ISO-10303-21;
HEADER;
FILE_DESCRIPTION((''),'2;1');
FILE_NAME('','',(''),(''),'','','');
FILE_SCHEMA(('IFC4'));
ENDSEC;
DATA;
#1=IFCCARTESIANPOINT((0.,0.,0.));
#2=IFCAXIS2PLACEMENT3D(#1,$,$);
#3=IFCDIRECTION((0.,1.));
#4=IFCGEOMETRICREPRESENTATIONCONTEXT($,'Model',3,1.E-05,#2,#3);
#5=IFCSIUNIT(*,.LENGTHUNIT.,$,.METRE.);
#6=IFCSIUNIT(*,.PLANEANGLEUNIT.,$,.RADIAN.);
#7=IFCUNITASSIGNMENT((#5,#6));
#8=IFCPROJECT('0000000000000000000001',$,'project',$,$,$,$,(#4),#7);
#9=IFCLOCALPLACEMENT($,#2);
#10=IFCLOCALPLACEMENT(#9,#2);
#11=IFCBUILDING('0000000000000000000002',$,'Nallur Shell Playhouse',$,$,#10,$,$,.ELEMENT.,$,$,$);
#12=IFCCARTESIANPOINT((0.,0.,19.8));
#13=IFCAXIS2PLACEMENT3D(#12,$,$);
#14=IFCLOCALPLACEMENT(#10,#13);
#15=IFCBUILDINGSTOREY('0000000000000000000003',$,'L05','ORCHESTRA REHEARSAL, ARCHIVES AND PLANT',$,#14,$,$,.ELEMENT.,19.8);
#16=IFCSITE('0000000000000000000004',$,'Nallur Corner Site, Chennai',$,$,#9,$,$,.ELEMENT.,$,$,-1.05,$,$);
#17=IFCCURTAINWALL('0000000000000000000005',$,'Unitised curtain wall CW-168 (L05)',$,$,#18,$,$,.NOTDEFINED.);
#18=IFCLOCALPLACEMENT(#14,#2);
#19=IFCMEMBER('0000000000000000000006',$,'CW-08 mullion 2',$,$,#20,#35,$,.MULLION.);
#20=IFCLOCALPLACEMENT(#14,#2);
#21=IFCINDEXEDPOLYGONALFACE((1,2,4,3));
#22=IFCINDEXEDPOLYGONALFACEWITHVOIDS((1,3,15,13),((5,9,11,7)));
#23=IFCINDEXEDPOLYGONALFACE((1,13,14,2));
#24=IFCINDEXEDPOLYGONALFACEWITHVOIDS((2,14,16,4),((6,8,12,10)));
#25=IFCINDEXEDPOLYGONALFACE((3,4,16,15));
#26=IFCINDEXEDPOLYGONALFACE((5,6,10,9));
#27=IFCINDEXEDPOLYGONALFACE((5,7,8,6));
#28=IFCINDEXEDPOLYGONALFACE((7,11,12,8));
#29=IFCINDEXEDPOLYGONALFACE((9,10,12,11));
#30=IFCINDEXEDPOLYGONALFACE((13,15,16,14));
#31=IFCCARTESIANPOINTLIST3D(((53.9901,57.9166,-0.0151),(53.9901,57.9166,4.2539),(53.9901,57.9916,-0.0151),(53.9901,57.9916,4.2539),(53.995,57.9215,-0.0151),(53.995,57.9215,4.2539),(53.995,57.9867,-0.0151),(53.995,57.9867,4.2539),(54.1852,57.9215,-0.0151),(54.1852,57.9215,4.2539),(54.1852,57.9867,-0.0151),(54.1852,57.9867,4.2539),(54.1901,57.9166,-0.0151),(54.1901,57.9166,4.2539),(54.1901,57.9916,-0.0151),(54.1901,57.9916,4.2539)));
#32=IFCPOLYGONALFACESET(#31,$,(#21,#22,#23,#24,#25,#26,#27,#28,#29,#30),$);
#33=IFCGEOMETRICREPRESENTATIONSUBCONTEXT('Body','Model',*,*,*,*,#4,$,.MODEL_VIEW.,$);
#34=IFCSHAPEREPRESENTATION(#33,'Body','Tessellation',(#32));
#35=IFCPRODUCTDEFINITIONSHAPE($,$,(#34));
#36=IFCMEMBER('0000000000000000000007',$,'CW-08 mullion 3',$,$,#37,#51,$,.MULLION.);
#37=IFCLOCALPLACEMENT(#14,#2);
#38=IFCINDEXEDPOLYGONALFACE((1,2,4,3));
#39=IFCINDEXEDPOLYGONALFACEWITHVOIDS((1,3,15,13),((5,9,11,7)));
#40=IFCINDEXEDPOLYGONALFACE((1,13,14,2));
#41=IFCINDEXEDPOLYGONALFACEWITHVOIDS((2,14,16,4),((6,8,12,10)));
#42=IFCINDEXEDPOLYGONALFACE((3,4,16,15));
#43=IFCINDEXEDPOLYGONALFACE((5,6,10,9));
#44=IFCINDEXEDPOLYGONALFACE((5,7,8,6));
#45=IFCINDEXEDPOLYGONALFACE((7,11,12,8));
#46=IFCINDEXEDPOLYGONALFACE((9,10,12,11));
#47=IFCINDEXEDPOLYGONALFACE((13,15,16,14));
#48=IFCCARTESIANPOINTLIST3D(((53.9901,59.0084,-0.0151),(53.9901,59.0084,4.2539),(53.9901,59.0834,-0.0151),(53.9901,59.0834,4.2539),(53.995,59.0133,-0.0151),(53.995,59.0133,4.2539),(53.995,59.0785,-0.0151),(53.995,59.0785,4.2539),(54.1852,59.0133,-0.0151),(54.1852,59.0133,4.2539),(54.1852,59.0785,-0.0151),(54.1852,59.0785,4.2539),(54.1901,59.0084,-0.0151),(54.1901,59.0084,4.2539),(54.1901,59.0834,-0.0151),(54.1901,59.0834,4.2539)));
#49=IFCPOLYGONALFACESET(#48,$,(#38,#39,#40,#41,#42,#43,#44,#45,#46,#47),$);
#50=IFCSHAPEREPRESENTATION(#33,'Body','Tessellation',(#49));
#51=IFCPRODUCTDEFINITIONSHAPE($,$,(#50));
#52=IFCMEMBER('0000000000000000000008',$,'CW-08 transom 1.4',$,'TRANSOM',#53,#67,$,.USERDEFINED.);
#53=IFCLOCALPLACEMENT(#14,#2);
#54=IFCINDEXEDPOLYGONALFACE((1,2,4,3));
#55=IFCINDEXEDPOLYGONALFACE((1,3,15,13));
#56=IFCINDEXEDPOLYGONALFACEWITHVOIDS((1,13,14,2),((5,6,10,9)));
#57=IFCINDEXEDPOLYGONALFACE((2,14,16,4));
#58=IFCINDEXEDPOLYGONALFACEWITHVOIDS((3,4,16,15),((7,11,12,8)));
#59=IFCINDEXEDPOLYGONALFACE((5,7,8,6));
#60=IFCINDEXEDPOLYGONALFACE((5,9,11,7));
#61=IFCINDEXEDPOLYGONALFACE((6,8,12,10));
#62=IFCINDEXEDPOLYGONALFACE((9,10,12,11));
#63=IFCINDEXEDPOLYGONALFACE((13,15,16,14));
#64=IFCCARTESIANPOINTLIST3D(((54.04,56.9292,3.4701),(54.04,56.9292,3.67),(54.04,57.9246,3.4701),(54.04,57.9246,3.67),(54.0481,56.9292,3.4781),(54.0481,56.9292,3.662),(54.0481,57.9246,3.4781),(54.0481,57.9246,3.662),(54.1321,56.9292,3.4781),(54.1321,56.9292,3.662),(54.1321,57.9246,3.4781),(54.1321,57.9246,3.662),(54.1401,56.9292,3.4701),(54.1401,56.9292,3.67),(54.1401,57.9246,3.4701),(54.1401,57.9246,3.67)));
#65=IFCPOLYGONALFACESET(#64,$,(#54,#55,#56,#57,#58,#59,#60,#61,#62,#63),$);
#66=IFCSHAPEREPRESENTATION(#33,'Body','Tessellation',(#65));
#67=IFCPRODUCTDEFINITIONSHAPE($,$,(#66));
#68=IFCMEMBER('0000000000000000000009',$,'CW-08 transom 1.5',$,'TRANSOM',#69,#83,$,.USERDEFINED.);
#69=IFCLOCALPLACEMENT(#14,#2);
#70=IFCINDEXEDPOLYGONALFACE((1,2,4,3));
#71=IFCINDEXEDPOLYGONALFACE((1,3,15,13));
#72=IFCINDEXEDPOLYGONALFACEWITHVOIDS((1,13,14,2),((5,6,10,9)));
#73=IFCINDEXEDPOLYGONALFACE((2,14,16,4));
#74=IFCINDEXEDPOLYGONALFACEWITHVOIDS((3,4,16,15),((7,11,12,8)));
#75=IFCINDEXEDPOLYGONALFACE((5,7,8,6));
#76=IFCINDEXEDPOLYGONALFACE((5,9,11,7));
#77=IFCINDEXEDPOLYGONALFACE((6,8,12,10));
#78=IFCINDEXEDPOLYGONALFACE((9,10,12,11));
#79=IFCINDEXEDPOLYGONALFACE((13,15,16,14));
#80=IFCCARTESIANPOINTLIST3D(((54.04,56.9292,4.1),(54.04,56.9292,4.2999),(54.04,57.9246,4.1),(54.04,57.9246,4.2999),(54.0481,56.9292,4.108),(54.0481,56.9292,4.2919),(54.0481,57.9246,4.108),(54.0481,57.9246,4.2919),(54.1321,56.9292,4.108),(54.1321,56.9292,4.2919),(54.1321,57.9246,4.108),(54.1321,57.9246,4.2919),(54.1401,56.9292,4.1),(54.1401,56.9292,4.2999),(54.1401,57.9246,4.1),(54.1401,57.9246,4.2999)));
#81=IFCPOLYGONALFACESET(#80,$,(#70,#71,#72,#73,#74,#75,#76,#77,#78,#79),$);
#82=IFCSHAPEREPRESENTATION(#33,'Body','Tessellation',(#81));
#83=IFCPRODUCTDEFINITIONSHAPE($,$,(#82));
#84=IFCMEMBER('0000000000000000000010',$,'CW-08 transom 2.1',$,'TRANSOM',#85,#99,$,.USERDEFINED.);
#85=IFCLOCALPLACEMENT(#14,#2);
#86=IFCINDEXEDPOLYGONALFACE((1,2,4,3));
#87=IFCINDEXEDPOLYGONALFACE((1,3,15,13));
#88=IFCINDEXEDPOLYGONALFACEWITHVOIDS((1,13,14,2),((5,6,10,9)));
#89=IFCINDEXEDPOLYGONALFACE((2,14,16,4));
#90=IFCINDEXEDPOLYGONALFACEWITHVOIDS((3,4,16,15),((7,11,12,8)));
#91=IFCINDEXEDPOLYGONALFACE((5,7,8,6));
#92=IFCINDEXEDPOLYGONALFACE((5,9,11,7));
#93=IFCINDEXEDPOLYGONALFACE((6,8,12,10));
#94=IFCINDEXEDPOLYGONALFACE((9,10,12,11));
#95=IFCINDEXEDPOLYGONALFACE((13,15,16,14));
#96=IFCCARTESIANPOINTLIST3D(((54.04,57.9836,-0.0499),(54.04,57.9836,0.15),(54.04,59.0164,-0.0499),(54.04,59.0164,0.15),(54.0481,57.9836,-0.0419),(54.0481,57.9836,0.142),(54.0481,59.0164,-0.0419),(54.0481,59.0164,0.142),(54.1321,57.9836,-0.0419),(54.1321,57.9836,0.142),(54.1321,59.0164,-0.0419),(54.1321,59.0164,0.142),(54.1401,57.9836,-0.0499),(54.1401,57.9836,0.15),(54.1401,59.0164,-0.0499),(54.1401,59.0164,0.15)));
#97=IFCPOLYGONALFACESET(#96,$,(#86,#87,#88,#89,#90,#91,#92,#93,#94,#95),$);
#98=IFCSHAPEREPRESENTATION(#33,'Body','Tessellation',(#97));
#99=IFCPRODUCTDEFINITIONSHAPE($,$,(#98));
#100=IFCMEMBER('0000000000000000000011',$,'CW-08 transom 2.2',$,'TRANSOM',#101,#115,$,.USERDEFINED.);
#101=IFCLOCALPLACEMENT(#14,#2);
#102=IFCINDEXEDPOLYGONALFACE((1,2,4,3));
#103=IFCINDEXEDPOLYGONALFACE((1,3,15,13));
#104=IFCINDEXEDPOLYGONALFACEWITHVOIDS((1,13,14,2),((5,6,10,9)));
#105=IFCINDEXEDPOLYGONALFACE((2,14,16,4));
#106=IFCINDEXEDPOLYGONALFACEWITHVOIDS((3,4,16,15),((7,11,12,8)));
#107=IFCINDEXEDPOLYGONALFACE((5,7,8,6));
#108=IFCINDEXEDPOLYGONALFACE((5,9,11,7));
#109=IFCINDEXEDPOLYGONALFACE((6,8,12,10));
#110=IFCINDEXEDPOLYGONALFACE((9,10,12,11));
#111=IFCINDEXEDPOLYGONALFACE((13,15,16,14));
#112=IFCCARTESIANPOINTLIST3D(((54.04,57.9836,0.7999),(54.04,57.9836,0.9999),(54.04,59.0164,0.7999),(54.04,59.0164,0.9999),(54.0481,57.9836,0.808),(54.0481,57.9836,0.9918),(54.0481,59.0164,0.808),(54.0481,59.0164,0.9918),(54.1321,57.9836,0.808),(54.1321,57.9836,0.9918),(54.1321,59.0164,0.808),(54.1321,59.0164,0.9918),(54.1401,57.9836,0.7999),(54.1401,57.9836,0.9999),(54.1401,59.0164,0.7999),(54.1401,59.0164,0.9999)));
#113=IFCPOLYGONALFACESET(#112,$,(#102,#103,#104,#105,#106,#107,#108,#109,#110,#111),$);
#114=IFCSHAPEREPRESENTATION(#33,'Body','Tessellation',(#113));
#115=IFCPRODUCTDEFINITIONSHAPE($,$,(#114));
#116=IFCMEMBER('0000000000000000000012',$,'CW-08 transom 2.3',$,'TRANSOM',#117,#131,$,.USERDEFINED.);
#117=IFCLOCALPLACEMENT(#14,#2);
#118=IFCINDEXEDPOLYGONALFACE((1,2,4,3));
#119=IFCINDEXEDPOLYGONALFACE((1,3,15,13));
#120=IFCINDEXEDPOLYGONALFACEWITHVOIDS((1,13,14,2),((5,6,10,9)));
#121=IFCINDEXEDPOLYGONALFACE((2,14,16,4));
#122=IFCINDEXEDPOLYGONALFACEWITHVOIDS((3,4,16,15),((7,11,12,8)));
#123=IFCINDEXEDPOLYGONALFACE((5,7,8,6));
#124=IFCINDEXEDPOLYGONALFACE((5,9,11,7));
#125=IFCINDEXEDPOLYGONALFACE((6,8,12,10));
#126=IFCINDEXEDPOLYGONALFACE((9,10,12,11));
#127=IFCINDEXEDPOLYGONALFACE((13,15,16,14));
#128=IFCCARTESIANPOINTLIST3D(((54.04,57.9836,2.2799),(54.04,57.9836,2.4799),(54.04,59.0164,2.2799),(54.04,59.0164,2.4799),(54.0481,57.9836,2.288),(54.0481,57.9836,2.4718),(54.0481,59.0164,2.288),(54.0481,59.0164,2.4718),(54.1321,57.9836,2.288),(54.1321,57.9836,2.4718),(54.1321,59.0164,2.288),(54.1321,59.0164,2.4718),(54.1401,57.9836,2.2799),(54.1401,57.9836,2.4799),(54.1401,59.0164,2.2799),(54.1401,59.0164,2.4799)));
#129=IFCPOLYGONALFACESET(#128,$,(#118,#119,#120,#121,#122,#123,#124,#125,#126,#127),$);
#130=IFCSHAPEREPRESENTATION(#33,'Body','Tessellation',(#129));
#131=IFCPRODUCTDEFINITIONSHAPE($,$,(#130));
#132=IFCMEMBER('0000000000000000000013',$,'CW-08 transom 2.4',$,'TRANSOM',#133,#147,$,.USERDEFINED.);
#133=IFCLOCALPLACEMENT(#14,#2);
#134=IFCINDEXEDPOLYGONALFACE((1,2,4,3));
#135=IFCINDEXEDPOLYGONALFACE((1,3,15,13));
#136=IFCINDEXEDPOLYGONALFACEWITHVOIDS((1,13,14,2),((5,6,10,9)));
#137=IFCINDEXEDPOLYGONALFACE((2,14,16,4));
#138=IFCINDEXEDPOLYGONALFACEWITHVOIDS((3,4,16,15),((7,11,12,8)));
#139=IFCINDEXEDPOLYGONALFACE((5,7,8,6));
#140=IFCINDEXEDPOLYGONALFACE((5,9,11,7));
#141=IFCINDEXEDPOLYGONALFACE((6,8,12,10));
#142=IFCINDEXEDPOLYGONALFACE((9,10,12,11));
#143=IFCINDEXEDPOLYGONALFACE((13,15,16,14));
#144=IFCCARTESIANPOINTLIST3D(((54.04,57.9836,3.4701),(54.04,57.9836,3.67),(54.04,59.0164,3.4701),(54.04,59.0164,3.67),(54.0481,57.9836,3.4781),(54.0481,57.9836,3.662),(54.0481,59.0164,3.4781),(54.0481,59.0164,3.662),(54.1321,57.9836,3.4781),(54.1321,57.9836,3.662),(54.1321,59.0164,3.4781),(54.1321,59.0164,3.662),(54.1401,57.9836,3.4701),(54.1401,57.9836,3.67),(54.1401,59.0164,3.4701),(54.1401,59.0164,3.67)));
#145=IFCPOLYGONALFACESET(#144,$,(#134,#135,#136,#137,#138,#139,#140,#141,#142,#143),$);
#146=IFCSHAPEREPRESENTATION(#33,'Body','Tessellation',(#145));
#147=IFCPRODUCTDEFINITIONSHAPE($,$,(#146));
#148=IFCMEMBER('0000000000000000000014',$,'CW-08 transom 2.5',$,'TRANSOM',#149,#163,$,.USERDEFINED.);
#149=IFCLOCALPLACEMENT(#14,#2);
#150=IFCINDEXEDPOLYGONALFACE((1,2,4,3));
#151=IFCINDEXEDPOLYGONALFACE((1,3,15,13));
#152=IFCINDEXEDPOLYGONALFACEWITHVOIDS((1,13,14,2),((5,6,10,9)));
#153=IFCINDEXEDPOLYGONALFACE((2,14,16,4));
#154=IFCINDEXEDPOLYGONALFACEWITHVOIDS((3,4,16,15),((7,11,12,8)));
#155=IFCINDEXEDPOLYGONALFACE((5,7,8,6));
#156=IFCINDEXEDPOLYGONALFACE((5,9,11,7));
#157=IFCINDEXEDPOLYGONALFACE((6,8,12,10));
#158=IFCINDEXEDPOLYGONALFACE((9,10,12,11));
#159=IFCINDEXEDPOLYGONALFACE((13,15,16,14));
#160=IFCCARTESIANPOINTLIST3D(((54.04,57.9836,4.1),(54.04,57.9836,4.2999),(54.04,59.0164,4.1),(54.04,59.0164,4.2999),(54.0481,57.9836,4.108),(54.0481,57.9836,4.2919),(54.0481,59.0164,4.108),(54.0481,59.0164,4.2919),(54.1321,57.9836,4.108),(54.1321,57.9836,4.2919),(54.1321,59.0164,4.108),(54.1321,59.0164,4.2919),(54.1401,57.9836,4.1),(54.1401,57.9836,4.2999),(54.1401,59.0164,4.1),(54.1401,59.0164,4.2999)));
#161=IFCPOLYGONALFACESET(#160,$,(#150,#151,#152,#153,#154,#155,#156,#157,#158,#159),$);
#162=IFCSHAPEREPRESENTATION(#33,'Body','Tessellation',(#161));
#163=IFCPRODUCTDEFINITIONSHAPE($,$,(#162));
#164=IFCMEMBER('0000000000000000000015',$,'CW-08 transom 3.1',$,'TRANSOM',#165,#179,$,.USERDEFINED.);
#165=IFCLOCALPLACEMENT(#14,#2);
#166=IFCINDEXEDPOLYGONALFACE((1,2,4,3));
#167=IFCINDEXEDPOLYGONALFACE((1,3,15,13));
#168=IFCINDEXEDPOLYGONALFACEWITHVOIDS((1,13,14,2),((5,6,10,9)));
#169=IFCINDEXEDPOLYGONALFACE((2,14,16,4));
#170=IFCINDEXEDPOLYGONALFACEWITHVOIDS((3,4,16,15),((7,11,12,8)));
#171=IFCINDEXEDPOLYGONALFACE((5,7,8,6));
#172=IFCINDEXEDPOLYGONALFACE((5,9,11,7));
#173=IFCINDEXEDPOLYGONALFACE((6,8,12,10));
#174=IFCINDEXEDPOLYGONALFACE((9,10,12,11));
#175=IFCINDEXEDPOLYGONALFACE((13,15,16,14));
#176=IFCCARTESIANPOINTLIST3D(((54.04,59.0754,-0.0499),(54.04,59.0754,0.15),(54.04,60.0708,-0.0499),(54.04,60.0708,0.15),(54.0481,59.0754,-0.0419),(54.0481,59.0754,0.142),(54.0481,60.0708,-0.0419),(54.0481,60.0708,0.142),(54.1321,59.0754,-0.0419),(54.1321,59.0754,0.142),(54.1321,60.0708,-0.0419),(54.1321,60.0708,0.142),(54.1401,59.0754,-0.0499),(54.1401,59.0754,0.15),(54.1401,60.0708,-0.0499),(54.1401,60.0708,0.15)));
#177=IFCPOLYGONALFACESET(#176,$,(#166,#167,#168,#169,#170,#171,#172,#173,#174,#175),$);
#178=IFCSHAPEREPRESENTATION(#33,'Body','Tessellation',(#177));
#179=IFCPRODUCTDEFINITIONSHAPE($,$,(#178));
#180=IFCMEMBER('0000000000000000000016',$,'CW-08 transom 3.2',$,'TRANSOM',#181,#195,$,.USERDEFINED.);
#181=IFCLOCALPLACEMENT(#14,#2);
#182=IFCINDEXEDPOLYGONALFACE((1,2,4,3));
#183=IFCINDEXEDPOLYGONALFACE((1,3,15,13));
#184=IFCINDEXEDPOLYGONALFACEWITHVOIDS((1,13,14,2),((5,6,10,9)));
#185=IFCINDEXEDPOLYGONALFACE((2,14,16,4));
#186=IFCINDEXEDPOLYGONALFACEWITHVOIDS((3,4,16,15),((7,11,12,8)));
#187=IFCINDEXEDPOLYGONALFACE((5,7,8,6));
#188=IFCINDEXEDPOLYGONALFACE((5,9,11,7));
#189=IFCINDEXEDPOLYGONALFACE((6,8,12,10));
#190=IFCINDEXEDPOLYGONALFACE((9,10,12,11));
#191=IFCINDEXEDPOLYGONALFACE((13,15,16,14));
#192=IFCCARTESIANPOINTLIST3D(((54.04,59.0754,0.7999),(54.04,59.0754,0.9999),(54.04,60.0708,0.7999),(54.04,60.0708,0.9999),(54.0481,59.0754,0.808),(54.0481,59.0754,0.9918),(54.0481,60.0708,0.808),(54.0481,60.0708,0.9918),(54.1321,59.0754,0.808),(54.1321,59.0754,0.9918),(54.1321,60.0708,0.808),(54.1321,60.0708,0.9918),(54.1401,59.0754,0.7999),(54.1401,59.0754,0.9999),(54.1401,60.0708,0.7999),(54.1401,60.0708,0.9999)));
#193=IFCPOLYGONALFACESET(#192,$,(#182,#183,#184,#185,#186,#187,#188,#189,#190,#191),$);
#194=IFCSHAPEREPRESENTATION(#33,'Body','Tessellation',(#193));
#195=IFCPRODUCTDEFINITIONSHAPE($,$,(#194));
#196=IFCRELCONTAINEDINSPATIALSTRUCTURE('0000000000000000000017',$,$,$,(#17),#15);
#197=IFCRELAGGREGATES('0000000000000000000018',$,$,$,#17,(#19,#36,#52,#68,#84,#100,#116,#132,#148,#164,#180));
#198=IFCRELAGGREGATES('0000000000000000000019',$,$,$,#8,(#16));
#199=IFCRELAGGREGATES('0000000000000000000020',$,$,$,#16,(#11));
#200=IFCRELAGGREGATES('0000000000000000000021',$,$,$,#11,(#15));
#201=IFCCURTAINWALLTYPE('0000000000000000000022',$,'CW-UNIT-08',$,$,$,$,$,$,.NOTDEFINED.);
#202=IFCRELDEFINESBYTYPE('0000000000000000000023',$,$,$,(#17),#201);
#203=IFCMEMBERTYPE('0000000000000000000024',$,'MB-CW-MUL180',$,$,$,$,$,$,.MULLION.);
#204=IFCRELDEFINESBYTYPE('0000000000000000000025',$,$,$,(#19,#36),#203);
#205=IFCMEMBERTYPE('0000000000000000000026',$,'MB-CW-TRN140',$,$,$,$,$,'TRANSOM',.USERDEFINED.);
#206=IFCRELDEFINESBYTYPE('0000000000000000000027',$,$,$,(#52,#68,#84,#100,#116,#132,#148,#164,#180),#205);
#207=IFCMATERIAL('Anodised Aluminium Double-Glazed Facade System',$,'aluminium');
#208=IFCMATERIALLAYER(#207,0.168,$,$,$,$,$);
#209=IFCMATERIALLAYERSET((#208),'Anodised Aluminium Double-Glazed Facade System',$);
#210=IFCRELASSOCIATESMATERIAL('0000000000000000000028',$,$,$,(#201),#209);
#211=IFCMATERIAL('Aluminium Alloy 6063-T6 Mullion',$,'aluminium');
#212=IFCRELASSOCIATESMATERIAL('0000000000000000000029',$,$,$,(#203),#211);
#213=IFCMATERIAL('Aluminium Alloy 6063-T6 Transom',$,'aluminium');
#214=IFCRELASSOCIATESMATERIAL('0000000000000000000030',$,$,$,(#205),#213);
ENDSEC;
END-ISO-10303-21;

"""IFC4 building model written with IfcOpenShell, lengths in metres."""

from ifc_helpers import new_model, si_unit, direction, frame, origin, origin_2d, place, context, subcontext, project, spatial, hollow_rectangle, extrude, material, layer, layer_set, material_profile, profile_set, type_object, element, aggregate, save


model = new_model("IFC4")

# Units and contexts
model_context = context("Model", 3, precision=1e-05, world=origin(), true_north=direction((0.0, 1.0)))
body_context = subcontext(model_context, "Body", "Model", "MODEL_VIEW")
ifc_project = project(units=[si_unit("LENGTHUNIT", "METRE"), si_unit("PLANEANGLEUNIT", "RADIAN")], contexts=[model_context])

# Site, building, storey
site_placement = place(None, origin())
site = spatial("IfcSite", under=ifc_project, at=site_placement, Name="Nallur Corner Site, Chennai", CompositionType="ELEMENT", RefElevation=-1.05)
building_placement = place(site_placement, origin())
building = spatial("IfcBuilding", under=site, at=building_placement, Name="Nallur Shell Playhouse", CompositionType="ELEMENT")
storey_placement = place(building_placement, frame((0.0, 0.0, 19.8)))
storey = spatial("IfcBuildingStorey", under=building, at=storey_placement, Name="L05", Description="ORCHESTRA REHEARSAL, ARCHIVES AND PLANT", CompositionType="ELEMENT", Elevation=19.8)

# Curtain wall, members
ifc_material_1 = material(Name="Anodised Aluminium Double-Glazed Facade System", Category="aluminium")
ifc_layer_1 = layer(ifc_material_1, 0.168)
ifc_layer_set_1 = layer_set([ifc_layer_1], Name="Anodised Aluminium Double-Glazed Facade System")
curtain_wall_type = type_object("IfcCurtainWallType", Name="CW-UNIT-08", PredefinedType="NOTDEFINED", material=ifc_layer_set_1)
curtain_wall_placement = place(storey_placement, origin())
curtain_wall = element("IfcCurtainWall", 1, at=curtain_wall_placement, inside=storey, type_object=curtain_wall_type, Name="Unitised curtain wall CW-168 (L05)", PredefinedType="NOTDEFINED")
ifc_material_2 = material(Name="Aluminium Alloy 6063-T6 Mullion", Category="aluminium")
ifc_material_profile_1 = material_profile(ifc_material_2, hollow_rectangle(XDim=0.075, YDim=0.2, WallThickness=0.0049, at=origin_2d()), Name="ALU 75x200x5")
ifc_profile_set_1 = profile_set([ifc_material_profile_1], Name="Aluminium Alloy 6063-T6 Mullion")
member_type_1 = type_object("IfcMemberType", Name="MB-CW-MUL180", PredefinedType="MULLION", material=ifc_profile_set_1)
member_1_placement = place(storey_placement, frame((54.0901, 57.9541, -0.0151), z_axis=(0.0, 0.0, 1.0), x_axis=(0.0, 1.0, 0.0)))
member_1 = element("IfcMember", 2, at=member_1_placement, type_object=member_type_1, Name="CW-08 mullion 2", PredefinedType="MULLION", context=body_context, shape_type="SweptSolid", body=[
    extrude(hollow_rectangle(XDim=0.075, YDim=0.2, WallThickness=0.0049, at=origin_2d()), origin(), (0.0, 0.0, 1.0), 4.269),
])
member_2_placement = place(storey_placement, frame((54.0901, 59.0459, -0.0151), z_axis=(0.0, 0.0, 1.0), x_axis=(0.0, 1.0, 0.0)))
member_2 = element("IfcMember", 3, at=member_2_placement, type_object=member_type_1, Name="CW-08 mullion 3", PredefinedType="MULLION", context=body_context, shape_type="SweptSolid", body=[
    extrude(hollow_rectangle(XDim=0.075, YDim=0.2, WallThickness=0.0049, at=origin_2d()), origin(), (0.0, 0.0, 1.0), 4.269),
])
ifc_material_3 = material(Name="Aluminium Alloy 6063-T6 Transom", Category="aluminium")
ifc_material_profile_2 = material_profile(ifc_material_3, hollow_rectangle(XDim=0.1001, YDim=0.2, WallThickness=0.0081, at=origin_2d()), Name="RHS 200x100x8")
ifc_profile_set_2 = profile_set([ifc_material_profile_2], Name="Aluminium Alloy 6063-T6 Transom")
member_type_2 = type_object("IfcMemberType", Name="MB-CW-TRN140", ElementType="TRANSOM", PredefinedType="USERDEFINED", material=ifc_profile_set_2)
member_3_placement = place(storey_placement, frame((54.0901, 56.9292, 3.5701), z_axis=(0.0, 1.0, 0.0), x_axis=(-1.0, 0.0, 0.0)))
member_3 = element("IfcMember", 4, at=member_3_placement, type_object=member_type_2, Name="CW-08 transom 1.4", ObjectType="TRANSOM", PredefinedType="USERDEFINED", context=body_context, shape_type="SweptSolid", body=[
    extrude(hollow_rectangle(XDim=0.1001, YDim=0.2, WallThickness=0.0081, at=origin_2d()), origin(), (0.0, 0.0, 1.0), 0.9954),
])
member_4_placement = place(storey_placement, frame((54.0901, 56.9292, 4.2), z_axis=(0.0, 1.0, 0.0), x_axis=(-1.0, 0.0, 0.0)))
member_4 = element("IfcMember", 5, at=member_4_placement, type_object=member_type_2, Name="CW-08 transom 1.5", ObjectType="TRANSOM", PredefinedType="USERDEFINED", context=body_context, shape_type="SweptSolid", body=[
    extrude(hollow_rectangle(XDim=0.1001, YDim=0.2, WallThickness=0.0081, at=origin_2d()), origin(), (0.0, 0.0, 1.0), 0.9954),
])
member_5_placement = place(storey_placement, frame((54.0901, 57.9836, 0.05), z_axis=(0.0, 1.0, 0.0), x_axis=(-1.0, 0.0, 0.0)))
member_5 = element("IfcMember", 6, at=member_5_placement, type_object=member_type_2, Name="CW-08 transom 2.1", ObjectType="TRANSOM", PredefinedType="USERDEFINED", context=body_context, shape_type="SweptSolid", body=[
    extrude(hollow_rectangle(XDim=0.1001, YDim=0.2, WallThickness=0.0081, at=origin_2d()), origin(), (0.0, 0.0, 1.0), 1.0327),
])
member_6_placement = place(storey_placement, frame((54.0901, 57.9836, 0.8999), z_axis=(0.0, 1.0, 0.0), x_axis=(-1.0, 0.0, 0.0)))
member_6 = element("IfcMember", 7, at=member_6_placement, type_object=member_type_2, Name="CW-08 transom 2.2", ObjectType="TRANSOM", PredefinedType="USERDEFINED", context=body_context, shape_type="SweptSolid", body=[
    extrude(hollow_rectangle(XDim=0.1001, YDim=0.2, WallThickness=0.0081, at=origin_2d()), origin(), (0.0, 0.0, 1.0), 1.0327),
])
member_7_placement = place(storey_placement, frame((54.0901, 57.9836, 2.3799), z_axis=(0.0, 1.0, 0.0), x_axis=(-1.0, 0.0, 0.0)))
member_7 = element("IfcMember", 8, at=member_7_placement, type_object=member_type_2, Name="CW-08 transom 2.3", ObjectType="TRANSOM", PredefinedType="USERDEFINED", context=body_context, shape_type="SweptSolid", body=[
    extrude(hollow_rectangle(XDim=0.1001, YDim=0.2, WallThickness=0.0081, at=origin_2d()), origin(), (0.0, 0.0, 1.0), 1.0327),
])
member_8_placement = place(storey_placement, frame((54.0901, 57.9836, 3.5701), z_axis=(0.0, 1.0, 0.0), x_axis=(-1.0, 0.0, 0.0)))
member_8 = element("IfcMember", 9, at=member_8_placement, type_object=member_type_2, Name="CW-08 transom 2.4", ObjectType="TRANSOM", PredefinedType="USERDEFINED", context=body_context, shape_type="SweptSolid", body=[
    extrude(hollow_rectangle(XDim=0.1001, YDim=0.2, WallThickness=0.0081, at=origin_2d()), origin(), (0.0, 0.0, 1.0), 1.0327),
])
member_9_placement = place(storey_placement, frame((54.0901, 57.9836, 4.2), z_axis=(0.0, 1.0, 0.0), x_axis=(-1.0, 0.0, 0.0)))
member_9 = element("IfcMember", 10, at=member_9_placement, type_object=member_type_2, Name="CW-08 transom 2.5", ObjectType="TRANSOM", PredefinedType="USERDEFINED", context=body_context, shape_type="SweptSolid", body=[
    extrude(hollow_rectangle(XDim=0.1001, YDim=0.2, WallThickness=0.0081, at=origin_2d()), origin(), (0.0, 0.0, 1.0), 1.0327),
])
member_10_placement = place(storey_placement, frame((54.0901, 59.0754, 0.05), z_axis=(0.0, 1.0, 0.0), x_axis=(-1.0, 0.0, 0.0)))
member_10 = element("IfcMember", 11, at=member_10_placement, type_object=member_type_2, Name="CW-08 transom 3.1", ObjectType="TRANSOM", PredefinedType="USERDEFINED", context=body_context, shape_type="SweptSolid", body=[
    extrude(hollow_rectangle(XDim=0.1001, YDim=0.2, WallThickness=0.0081, at=origin_2d()), origin(), (0.0, 0.0, 1.0), 0.9954),
])
member_11_placement = place(storey_placement, frame((54.0901, 59.0754, 0.8999), z_axis=(0.0, 1.0, 0.0), x_axis=(-1.0, 0.0, 0.0)))
member_11 = element("IfcMember", 12, at=member_11_placement, type_object=member_type_2, Name="CW-08 transom 3.2", ObjectType="TRANSOM", PredefinedType="USERDEFINED", context=body_context, shape_type="SweptSolid", body=[
    extrude(hollow_rectangle(XDim=0.1001, YDim=0.2, WallThickness=0.0081, at=origin_2d()), origin(), (0.0, 0.0, 1.0), 0.9954),
])
aggregate(curtain_wall, [member_1, member_2, member_3, member_4, member_5, member_6, member_7, member_8, member_9, member_10, member_11])

save(model, "model.ifc")
